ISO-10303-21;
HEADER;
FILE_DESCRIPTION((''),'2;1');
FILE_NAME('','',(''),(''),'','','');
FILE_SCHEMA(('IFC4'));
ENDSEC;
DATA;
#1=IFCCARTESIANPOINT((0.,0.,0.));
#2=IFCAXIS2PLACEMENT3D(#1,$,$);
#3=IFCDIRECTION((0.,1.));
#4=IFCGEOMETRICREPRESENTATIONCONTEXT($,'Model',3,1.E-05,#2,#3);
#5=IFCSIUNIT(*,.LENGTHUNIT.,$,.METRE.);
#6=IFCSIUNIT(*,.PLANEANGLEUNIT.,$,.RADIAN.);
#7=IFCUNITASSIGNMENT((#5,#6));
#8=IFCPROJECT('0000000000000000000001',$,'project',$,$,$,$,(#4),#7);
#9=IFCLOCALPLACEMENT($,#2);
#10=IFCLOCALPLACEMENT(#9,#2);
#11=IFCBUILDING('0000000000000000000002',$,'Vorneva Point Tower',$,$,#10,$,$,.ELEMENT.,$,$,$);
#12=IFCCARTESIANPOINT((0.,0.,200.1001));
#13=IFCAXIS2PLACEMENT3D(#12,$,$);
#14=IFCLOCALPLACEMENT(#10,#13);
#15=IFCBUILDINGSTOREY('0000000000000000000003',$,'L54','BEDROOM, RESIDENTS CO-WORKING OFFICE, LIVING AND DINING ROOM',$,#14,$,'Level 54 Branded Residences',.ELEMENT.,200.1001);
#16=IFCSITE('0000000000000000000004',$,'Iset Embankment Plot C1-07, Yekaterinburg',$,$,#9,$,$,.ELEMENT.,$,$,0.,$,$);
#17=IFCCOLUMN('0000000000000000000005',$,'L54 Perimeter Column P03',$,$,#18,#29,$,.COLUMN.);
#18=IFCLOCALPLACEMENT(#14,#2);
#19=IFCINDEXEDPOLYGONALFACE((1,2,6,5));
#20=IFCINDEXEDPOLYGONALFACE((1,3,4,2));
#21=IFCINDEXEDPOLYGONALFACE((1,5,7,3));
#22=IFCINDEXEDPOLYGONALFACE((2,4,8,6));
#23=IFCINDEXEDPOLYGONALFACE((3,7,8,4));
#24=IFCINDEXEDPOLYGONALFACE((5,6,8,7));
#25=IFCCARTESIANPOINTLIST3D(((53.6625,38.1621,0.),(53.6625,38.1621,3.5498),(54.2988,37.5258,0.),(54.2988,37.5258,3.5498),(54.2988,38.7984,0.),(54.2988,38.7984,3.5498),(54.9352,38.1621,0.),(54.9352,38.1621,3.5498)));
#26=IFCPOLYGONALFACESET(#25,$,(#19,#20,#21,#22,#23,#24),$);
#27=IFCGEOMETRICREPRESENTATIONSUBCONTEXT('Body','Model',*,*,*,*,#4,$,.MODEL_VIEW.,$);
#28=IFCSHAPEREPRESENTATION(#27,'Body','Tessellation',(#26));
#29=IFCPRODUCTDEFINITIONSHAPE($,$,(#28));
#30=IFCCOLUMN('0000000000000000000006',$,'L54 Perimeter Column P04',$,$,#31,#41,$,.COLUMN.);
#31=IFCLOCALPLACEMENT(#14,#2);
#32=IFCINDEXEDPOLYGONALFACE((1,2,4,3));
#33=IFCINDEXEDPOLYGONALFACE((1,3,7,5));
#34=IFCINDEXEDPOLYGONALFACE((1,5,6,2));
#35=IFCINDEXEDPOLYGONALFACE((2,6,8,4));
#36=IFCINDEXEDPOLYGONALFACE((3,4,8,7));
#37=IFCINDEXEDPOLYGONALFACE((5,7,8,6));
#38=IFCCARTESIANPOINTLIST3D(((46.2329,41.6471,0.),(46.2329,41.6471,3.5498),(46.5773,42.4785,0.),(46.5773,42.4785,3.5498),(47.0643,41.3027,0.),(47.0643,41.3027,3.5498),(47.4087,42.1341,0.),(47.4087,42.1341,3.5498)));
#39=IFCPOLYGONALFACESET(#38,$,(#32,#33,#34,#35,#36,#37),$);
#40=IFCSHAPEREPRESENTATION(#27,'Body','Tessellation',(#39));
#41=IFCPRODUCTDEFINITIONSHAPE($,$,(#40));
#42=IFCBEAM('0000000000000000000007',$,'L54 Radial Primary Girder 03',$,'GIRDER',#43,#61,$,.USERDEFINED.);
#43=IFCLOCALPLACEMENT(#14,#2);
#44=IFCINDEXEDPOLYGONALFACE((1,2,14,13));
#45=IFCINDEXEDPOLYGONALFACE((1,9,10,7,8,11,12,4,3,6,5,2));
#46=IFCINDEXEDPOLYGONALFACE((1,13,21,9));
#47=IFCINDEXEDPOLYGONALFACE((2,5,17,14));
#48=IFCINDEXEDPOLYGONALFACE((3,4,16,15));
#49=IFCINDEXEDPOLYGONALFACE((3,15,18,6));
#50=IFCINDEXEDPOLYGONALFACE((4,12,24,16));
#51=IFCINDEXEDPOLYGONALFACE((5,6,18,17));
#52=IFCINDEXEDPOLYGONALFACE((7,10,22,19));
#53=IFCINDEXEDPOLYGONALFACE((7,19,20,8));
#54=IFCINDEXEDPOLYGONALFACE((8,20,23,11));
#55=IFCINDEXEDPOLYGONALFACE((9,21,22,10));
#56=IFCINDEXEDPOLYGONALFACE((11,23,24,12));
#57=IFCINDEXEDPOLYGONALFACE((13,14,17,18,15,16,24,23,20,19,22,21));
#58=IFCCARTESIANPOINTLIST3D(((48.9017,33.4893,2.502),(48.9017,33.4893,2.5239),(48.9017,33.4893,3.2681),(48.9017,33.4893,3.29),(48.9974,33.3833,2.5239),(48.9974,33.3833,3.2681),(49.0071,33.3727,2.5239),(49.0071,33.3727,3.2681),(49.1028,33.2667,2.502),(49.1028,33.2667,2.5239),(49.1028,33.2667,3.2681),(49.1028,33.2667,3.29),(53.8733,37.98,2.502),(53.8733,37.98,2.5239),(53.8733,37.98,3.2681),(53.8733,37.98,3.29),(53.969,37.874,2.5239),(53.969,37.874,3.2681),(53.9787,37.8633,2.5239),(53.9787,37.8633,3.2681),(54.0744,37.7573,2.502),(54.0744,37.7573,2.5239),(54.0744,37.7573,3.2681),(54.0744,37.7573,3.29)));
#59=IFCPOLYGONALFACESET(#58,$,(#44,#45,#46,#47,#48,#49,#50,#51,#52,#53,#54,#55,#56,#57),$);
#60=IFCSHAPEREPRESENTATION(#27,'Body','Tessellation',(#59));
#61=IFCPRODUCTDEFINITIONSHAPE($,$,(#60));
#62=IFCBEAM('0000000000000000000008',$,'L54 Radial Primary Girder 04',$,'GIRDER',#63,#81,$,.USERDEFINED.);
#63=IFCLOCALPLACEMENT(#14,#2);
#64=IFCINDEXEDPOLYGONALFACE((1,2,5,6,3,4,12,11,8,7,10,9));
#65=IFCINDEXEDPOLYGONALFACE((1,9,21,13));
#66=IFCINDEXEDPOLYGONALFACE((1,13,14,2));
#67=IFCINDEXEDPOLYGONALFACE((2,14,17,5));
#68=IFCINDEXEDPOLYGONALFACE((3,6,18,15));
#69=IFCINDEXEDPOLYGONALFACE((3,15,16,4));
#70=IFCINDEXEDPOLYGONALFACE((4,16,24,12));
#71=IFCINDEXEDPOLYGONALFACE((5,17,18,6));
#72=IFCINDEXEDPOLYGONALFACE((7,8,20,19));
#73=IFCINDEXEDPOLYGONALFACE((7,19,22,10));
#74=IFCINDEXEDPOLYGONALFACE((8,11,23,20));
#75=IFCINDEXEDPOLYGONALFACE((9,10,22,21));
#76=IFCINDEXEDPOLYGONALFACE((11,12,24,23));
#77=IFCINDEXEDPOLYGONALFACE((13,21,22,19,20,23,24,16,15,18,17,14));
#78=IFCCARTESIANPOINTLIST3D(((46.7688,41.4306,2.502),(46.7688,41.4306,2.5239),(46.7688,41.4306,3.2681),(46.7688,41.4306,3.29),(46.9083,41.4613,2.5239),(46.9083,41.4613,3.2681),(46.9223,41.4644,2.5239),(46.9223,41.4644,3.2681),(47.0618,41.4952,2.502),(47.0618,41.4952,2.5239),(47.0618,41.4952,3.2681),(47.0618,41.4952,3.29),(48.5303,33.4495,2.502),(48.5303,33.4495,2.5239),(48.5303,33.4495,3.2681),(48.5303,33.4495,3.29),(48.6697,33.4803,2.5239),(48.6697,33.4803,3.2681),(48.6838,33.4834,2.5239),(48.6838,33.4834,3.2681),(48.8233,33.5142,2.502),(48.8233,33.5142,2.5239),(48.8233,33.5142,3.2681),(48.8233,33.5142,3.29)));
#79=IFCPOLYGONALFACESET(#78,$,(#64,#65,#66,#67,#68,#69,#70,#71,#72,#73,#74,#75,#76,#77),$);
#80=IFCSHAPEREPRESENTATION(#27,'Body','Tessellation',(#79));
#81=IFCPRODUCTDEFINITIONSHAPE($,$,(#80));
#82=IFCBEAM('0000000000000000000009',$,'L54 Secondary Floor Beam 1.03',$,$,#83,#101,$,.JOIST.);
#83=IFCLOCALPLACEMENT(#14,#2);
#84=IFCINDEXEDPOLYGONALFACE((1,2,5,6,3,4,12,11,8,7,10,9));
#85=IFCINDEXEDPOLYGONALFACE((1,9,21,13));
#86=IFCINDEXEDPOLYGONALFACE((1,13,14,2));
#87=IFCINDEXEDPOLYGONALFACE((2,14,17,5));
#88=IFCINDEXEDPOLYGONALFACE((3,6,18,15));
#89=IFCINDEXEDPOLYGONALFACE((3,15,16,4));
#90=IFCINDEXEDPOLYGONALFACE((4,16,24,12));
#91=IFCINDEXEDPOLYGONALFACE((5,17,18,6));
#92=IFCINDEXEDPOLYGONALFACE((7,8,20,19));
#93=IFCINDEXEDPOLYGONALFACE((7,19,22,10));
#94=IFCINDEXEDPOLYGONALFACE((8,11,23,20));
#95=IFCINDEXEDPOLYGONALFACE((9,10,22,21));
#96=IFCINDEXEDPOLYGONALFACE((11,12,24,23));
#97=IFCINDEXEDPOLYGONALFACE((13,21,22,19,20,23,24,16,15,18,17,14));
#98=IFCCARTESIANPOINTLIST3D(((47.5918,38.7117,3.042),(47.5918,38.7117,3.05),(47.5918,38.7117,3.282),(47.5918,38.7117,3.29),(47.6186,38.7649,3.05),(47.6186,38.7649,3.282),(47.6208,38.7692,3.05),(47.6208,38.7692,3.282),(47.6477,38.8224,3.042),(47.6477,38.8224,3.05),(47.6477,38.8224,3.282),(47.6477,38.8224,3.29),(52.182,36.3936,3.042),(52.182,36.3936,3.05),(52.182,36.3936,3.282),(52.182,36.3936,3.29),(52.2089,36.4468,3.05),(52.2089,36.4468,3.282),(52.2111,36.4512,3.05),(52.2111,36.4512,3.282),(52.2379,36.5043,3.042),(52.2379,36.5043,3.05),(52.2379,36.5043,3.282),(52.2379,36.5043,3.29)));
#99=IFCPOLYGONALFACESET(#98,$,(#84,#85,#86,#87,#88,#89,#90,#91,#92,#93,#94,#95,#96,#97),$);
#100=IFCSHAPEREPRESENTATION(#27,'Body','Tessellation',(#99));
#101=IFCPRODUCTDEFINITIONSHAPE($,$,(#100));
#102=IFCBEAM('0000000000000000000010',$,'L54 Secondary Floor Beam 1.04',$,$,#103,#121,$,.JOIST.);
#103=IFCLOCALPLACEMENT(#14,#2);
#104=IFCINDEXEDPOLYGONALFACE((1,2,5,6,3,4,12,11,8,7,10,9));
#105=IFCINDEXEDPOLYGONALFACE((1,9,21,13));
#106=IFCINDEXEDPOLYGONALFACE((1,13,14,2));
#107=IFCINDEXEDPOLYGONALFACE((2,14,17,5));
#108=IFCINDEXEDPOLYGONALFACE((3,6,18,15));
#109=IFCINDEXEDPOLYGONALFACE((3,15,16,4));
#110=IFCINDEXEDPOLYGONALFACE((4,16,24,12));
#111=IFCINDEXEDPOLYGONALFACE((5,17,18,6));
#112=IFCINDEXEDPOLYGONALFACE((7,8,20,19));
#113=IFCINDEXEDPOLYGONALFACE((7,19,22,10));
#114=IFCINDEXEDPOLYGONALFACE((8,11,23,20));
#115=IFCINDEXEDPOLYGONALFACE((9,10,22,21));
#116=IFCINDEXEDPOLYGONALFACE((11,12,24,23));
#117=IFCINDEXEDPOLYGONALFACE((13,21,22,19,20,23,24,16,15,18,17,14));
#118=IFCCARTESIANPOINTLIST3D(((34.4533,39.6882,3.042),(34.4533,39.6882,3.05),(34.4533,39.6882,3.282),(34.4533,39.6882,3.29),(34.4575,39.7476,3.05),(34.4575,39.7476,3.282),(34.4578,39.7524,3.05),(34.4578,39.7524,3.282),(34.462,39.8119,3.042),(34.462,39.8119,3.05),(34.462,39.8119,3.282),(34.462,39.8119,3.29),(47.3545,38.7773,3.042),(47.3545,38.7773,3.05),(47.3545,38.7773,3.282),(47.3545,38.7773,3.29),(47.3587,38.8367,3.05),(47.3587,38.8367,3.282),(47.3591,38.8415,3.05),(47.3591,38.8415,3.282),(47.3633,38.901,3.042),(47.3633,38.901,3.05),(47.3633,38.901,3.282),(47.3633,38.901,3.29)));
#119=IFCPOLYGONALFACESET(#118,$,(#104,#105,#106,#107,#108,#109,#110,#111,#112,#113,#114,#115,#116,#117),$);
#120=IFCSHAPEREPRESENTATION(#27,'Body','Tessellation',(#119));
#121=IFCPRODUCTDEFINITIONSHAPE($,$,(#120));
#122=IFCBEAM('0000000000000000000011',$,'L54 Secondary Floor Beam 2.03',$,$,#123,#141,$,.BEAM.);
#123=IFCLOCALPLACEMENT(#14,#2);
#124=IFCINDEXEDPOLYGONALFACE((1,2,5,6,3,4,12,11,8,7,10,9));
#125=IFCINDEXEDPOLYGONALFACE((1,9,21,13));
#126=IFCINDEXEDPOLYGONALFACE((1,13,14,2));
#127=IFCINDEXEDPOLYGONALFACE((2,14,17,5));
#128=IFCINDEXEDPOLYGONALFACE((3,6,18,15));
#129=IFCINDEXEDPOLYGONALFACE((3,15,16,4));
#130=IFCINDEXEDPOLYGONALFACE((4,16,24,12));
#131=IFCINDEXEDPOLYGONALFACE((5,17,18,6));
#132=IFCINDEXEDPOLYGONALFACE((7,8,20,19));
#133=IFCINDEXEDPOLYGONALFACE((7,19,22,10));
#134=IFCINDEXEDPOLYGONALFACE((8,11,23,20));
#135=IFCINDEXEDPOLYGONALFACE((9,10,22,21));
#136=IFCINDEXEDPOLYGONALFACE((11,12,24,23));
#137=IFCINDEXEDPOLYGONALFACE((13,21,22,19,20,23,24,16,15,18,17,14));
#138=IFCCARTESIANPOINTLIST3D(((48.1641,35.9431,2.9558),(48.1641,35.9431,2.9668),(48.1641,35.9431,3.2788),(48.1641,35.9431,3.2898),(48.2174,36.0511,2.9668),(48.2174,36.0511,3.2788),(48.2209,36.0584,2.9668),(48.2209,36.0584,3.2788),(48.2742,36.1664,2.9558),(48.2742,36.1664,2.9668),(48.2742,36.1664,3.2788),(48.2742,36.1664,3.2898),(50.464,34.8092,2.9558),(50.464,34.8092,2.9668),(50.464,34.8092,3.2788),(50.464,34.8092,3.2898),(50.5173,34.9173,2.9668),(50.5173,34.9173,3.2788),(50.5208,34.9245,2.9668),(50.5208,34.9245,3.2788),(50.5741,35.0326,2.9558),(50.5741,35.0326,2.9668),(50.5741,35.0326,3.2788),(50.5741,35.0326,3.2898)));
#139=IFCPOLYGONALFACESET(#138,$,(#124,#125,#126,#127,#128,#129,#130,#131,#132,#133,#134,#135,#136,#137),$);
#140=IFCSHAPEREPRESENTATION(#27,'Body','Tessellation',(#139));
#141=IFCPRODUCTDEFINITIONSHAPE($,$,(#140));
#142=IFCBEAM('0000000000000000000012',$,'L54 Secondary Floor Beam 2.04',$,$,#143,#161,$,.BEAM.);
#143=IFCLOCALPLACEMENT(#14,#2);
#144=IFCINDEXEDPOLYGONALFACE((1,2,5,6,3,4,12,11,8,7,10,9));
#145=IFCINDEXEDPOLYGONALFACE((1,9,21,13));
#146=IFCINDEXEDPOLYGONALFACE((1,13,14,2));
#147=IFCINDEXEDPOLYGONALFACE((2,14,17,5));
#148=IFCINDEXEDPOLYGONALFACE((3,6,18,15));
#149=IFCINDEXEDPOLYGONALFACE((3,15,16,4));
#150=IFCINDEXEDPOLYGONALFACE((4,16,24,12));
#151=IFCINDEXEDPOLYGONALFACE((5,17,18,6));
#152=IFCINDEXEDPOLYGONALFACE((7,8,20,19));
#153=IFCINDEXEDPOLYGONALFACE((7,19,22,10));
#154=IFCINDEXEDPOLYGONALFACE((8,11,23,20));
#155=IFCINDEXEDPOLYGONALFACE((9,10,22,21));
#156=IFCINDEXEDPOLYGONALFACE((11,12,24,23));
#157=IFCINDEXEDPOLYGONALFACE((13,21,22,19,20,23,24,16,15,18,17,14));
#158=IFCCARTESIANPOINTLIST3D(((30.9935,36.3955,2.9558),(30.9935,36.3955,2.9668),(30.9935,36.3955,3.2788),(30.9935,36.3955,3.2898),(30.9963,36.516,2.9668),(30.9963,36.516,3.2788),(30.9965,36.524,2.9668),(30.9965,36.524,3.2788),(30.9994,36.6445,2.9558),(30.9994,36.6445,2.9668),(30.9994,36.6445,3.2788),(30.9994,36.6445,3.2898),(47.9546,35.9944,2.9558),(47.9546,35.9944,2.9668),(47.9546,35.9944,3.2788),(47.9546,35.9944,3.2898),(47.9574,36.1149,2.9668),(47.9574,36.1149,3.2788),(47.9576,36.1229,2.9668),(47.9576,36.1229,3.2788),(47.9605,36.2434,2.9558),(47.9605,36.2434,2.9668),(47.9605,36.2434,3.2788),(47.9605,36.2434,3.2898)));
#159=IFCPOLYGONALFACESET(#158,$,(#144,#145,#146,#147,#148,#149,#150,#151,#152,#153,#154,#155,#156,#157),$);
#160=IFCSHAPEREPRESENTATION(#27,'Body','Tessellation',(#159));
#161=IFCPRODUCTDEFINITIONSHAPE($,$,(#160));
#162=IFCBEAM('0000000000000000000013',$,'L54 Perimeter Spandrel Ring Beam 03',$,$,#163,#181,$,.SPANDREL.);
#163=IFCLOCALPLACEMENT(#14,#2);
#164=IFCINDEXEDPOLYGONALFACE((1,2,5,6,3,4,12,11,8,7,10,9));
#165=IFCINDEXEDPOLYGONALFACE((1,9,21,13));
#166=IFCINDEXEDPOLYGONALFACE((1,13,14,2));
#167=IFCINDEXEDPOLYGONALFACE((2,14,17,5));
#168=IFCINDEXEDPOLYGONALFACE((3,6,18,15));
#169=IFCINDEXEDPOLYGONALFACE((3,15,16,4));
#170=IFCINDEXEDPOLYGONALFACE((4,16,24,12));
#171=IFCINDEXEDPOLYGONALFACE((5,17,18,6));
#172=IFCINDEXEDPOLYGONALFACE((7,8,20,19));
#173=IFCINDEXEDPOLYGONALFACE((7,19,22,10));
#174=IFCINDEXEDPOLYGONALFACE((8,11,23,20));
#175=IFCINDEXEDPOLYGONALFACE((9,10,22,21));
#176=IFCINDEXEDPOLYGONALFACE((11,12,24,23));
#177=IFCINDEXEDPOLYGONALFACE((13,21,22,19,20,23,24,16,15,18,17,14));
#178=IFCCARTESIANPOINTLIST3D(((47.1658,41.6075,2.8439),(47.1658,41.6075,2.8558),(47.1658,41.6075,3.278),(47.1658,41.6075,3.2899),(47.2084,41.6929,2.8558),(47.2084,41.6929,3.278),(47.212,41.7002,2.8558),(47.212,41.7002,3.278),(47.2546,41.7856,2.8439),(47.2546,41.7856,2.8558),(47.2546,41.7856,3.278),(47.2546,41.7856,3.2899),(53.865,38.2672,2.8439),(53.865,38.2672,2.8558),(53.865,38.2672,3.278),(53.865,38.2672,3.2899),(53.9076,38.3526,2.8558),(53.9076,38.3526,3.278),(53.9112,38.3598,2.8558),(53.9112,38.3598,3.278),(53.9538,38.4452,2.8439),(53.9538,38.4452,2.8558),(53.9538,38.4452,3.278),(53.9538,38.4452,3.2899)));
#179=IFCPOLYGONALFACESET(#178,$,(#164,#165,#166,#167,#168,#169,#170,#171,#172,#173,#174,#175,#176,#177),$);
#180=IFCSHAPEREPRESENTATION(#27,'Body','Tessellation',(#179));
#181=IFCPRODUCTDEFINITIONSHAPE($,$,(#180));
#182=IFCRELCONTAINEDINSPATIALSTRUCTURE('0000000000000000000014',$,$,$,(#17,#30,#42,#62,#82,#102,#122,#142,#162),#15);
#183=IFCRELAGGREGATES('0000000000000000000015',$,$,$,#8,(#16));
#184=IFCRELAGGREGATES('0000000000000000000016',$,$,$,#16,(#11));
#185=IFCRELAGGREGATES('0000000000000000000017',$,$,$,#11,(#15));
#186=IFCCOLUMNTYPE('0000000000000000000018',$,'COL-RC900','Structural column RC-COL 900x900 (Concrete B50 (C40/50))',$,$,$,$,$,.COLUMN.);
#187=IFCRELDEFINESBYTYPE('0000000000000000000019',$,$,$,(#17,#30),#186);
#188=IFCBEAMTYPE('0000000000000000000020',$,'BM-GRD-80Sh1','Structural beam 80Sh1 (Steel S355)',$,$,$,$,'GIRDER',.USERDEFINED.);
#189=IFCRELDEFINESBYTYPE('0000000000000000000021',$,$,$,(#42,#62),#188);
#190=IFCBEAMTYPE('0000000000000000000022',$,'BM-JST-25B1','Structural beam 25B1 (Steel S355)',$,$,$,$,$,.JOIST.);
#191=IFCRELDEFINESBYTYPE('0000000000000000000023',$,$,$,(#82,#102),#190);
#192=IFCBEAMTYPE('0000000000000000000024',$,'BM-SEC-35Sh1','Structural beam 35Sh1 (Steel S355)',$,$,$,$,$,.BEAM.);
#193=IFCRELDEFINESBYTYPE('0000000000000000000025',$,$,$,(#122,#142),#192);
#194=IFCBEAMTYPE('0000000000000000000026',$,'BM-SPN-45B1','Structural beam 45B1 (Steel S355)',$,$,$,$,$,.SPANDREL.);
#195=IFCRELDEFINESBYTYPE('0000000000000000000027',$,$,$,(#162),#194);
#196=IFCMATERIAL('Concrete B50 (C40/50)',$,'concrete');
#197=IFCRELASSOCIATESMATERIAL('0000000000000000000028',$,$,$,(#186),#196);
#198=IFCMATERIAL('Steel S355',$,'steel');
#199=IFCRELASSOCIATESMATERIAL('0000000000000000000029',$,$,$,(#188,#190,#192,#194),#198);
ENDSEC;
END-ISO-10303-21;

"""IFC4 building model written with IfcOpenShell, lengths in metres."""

from ifc_helpers import new_model, si_unit, direction, frame, origin, origin_2d, place, context, subcontext, project, spatial, rectangle, i_section, extrude, material, material_profile, profile_set, type_object, element, save


model = new_model("IFC4")

# Units and contexts
model_context = context("Model", 3, precision=1e-05, world=origin(), true_north=direction((0.0, 1.0)))
body_context = subcontext(model_context, "Body", "Model", "MODEL_VIEW")
ifc_project = project(units=[si_unit("LENGTHUNIT", "METRE"), si_unit("PLANEANGLEUNIT", "RADIAN")], contexts=[model_context])

# Site, building, storey
site_placement = place(None, origin())
site = spatial("IfcSite", under=ifc_project, at=site_placement, Name="Iset Embankment Plot C1-07, Yekaterinburg", CompositionType="ELEMENT", RefElevation=0.0)
building_placement = place(site_placement, origin())
building = spatial("IfcBuilding", under=site, at=building_placement, Name="Vorneva Point Tower", CompositionType="ELEMENT")
storey_placement = place(building_placement, frame((0.0, 0.0, 200.1001)))
storey = spatial("IfcBuildingStorey", under=building, at=storey_placement, Name="L54", Description="BEDROOM, RESIDENTS CO-WORKING OFFICE, LIVING AND DINING ROOM", LongName="Level 54 Branded Residences", CompositionType="ELEMENT", Elevation=200.1001)

# Columns
ifc_material_1 = material(Name="Concrete B50 (C40/50)", Category="concrete")
ifc_material_profile_1 = material_profile(ifc_material_1, rectangle(XDim=0.8999, YDim=0.8999, at=origin_2d()), Name="RC-COL 900x900")
ifc_profile_set_1 = profile_set([ifc_material_profile_1], Name="Concrete B50 (C40/50)")
column_type = type_object("IfcColumnType", Name="COL-RC900", Description="Structural column RC-COL 900x900 (Concrete B50 (C40/50))", PredefinedType="COLUMN", material=ifc_profile_set_1)
for number, where, z_axis, x_axis, name in (
    (1, (54.2988, 38.1621, 0.0), (0.0, 0.0, 1.0), (0.707107, 0.707107, 0.0), "L54 Perimeter Column P03"),
    (2, (46.8208, 41.8906, 0.0), (0.0, 0.0, 1.0), (0.382683, 0.92388, 0.0), "L54 Perimeter Column P04"),
):
    element("IfcColumn", number, at=place(storey_placement, frame(where, z_axis=z_axis, x_axis=x_axis)), inside=storey, type_object=column_type, Name=name, PredefinedType="COLUMN", context=body_context, shape_type="SweptSolid", body=[
        extrude(rectangle(XDim=0.8999, YDim=0.8999, at=origin_2d()), origin(), (0.0, 0.0, 1.0), 3.5498),
    ])

# Beams
ifc_material_2 = material(Name="Steel S355", Category="steel")
ifc_material_profile_2 = material_profile(ifc_material_2, i_section(OverallWidth=0.3, OverallDepth=0.7881, WebThickness=0.0144, FlangeThickness=0.022, at=origin_2d()), Name="80Sh1")
ifc_profile_set_2 = profile_set([ifc_material_profile_2], Name="Steel S355")
beam_type_1 = type_object("IfcBeamType", Name="BM-GRD-80Sh1", Description="Structural beam 80Sh1 (Steel S355)", ElementType="GIRDER", PredefinedType="USERDEFINED", material=ifc_profile_set_2)
beam_1_placement = place(storey_placement, frame((53.9739, 37.8687, 2.896), z_axis=(-0.74209, -0.670301, 0.0), x_axis=(0.670301, -0.74209, 0.0)))
element("IfcBeam", 3, at=beam_1_placement, inside=storey, type_object=beam_type_1, Name="L54 Radial Primary Girder 03", ObjectType="GIRDER", PredefinedType="USERDEFINED", context=body_context, shape_type="SweptSolid", body=[
    extrude(i_section(OverallWidth=0.3, OverallDepth=0.7881, WebThickness=0.0144, FlangeThickness=0.022, at=origin_2d()), origin(), (0.0, 0.0, 1.0), 6.6995),
])
beam_2_placement = place(storey_placement, frame((46.9153, 41.4629, 2.896), z_axis=(0.215523, -0.976499, 0.0), x_axis=(0.976499, 0.215523, 0.0)))
element("IfcBeam", 4, at=beam_2_placement, inside=storey, type_object=beam_type_1, Name="L54 Radial Primary Girder 04", ObjectType="GIRDER", PredefinedType="USERDEFINED", context=body_context, shape_type="SweptSolid", body=[
    extrude(i_section(OverallWidth=0.3, OverallDepth=0.7881, WebThickness=0.0144, FlangeThickness=0.022, at=origin_2d()), origin(), (0.0, 0.0, 1.0), 8.1731),
])
ifc_material_profile_3 = material_profile(ifc_material_2, i_section(OverallWidth=0.124, OverallDepth=0.248, WebThickness=0.0049, FlangeThickness=0.0081, at=origin_2d()), Name="25B1")
ifc_profile_set_3 = profile_set([ifc_material_profile_3], Name="Steel S355")
beam_type_2 = type_object("IfcBeamType", Name="BM-JST-25B1", Description="Structural beam 25B1 (Steel S355)", PredefinedType="JOIST", material=ifc_profile_set_3)
beam_3_placement = place(storey_placement, frame((52.21, 36.449, 3.166), z_axis=(-0.892635, 0.45078, 0.0), x_axis=(-0.45078, -0.892635, 0.0)))
element("IfcBeam", 5, at=beam_3_placement, inside=storey, type_object=beam_type_2, Name="L54 Secondary Floor Beam 1.03", PredefinedType="JOIST", context=body_context, shape_type="SweptSolid", body=[
    extrude(i_section(OverallWidth=0.124, OverallDepth=0.248, WebThickness=0.0049, FlangeThickness=0.0081, at=origin_2d()), origin(), (0.0, 0.0, 1.0), 5.1423),
])
beam_4_placement = place(storey_placement, frame((47.3589, 38.8391, 3.166), z_axis=(-0.997517, 0.07043, 0.0), x_axis=(-0.07043, -0.997517, 0.0)))
element("IfcBeam", 6, at=beam_4_placement, inside=storey, type_object=beam_type_2, Name="L54 Secondary Floor Beam 1.04", PredefinedType="JOIST", context=body_context, shape_type="SweptSolid", body=[
    extrude(i_section(OverallWidth=0.124, OverallDepth=0.248, WebThickness=0.0049, FlangeThickness=0.0081, at=origin_2d()), origin(), (0.0, 0.0, 1.0), 12.9333),
])
ifc_material_profile_4 = material_profile(ifc_material_2, i_section(OverallWidth=0.249, OverallDepth=0.334, WebThickness=0.0081, FlangeThickness=0.011, at=origin_2d()), Name="35Sh1")
ifc_profile_set_4 = profile_set([ifc_material_profile_4], Name="Steel S355")
beam_type_3 = type_object("IfcBeamType", Name="BM-SEC-35Sh1", Description="Structural beam 35Sh1 (Steel S355)", PredefinedType="BEAM", material=ifc_profile_set_4)
beam_5_placement = place(storey_placement, frame((50.519, 34.9209, 3.1228), z_axis=(-0.896927, 0.442179, 0.0), x_axis=(-0.442179, -0.896927, 0.0)))
element("IfcBeam", 7, at=beam_5_placement, inside=storey, type_object=beam_type_3, Name="L54 Secondary Floor Beam 2.03", PredefinedType="BEAM", context=body_context, shape_type="SweptSolid", body=[
    extrude(i_section(OverallWidth=0.249, OverallDepth=0.334, WebThickness=0.0081, FlangeThickness=0.011, at=origin_2d()), origin(), (0.0, 0.0, 1.0), 2.5642),
])
beam_6_placement = place(storey_placement, frame((47.9575, 36.1189, 3.1228), z_axis=(-0.99972, 0.023643, 0.0), x_axis=(-0.023643, -0.99972, 0.0)))
element("IfcBeam", 8, at=beam_6_placement, inside=storey, type_object=beam_type_3, Name="L54 Secondary Floor Beam 2.04", PredefinedType="BEAM", context=body_context, shape_type="SweptSolid", body=[
    extrude(i_section(OverallWidth=0.249, OverallDepth=0.334, WebThickness=0.0081, FlangeThickness=0.011, at=origin_2d()), origin(), (0.0, 0.0, 1.0), 16.9658),
])
ifc_material_profile_5 = material_profile(ifc_material_2, i_section(OverallWidth=0.199, OverallDepth=0.446, WebThickness=0.0081, FlangeThickness=0.012, at=origin_2d()), Name="45B1")
ifc_profile_set_5 = profile_set([ifc_material_profile_5], Name="Steel S355")
beam_type_4 = type_object("IfcBeamType", Name="BM-SPN-45B1", Description="Structural beam 45B1 (Steel S355)", PredefinedType="SPANDREL", material=ifc_profile_set_5)
beam_7_placement = place(storey_placement, frame((53.9094, 38.3562, 3.0669), z_axis=(-0.894922, 0.446222, 0.0), x_axis=(-0.446222, -0.894922, 0.0)))
element("IfcBeam", 9, at=beam_7_placement, inside=storey, type_object=beam_type_4, Name="L54 Perimeter Spandrel Ring Beam 03", PredefinedType="SPANDREL", context=body_context, shape_type="SweptSolid", body=[
    extrude(i_section(OverallWidth=0.199, OverallDepth=0.446, WebThickness=0.0081, FlangeThickness=0.012, at=origin_2d()), origin(), (0.0, 0.0, 1.0), 7.4858),
])

save(model, "model.ifc")
